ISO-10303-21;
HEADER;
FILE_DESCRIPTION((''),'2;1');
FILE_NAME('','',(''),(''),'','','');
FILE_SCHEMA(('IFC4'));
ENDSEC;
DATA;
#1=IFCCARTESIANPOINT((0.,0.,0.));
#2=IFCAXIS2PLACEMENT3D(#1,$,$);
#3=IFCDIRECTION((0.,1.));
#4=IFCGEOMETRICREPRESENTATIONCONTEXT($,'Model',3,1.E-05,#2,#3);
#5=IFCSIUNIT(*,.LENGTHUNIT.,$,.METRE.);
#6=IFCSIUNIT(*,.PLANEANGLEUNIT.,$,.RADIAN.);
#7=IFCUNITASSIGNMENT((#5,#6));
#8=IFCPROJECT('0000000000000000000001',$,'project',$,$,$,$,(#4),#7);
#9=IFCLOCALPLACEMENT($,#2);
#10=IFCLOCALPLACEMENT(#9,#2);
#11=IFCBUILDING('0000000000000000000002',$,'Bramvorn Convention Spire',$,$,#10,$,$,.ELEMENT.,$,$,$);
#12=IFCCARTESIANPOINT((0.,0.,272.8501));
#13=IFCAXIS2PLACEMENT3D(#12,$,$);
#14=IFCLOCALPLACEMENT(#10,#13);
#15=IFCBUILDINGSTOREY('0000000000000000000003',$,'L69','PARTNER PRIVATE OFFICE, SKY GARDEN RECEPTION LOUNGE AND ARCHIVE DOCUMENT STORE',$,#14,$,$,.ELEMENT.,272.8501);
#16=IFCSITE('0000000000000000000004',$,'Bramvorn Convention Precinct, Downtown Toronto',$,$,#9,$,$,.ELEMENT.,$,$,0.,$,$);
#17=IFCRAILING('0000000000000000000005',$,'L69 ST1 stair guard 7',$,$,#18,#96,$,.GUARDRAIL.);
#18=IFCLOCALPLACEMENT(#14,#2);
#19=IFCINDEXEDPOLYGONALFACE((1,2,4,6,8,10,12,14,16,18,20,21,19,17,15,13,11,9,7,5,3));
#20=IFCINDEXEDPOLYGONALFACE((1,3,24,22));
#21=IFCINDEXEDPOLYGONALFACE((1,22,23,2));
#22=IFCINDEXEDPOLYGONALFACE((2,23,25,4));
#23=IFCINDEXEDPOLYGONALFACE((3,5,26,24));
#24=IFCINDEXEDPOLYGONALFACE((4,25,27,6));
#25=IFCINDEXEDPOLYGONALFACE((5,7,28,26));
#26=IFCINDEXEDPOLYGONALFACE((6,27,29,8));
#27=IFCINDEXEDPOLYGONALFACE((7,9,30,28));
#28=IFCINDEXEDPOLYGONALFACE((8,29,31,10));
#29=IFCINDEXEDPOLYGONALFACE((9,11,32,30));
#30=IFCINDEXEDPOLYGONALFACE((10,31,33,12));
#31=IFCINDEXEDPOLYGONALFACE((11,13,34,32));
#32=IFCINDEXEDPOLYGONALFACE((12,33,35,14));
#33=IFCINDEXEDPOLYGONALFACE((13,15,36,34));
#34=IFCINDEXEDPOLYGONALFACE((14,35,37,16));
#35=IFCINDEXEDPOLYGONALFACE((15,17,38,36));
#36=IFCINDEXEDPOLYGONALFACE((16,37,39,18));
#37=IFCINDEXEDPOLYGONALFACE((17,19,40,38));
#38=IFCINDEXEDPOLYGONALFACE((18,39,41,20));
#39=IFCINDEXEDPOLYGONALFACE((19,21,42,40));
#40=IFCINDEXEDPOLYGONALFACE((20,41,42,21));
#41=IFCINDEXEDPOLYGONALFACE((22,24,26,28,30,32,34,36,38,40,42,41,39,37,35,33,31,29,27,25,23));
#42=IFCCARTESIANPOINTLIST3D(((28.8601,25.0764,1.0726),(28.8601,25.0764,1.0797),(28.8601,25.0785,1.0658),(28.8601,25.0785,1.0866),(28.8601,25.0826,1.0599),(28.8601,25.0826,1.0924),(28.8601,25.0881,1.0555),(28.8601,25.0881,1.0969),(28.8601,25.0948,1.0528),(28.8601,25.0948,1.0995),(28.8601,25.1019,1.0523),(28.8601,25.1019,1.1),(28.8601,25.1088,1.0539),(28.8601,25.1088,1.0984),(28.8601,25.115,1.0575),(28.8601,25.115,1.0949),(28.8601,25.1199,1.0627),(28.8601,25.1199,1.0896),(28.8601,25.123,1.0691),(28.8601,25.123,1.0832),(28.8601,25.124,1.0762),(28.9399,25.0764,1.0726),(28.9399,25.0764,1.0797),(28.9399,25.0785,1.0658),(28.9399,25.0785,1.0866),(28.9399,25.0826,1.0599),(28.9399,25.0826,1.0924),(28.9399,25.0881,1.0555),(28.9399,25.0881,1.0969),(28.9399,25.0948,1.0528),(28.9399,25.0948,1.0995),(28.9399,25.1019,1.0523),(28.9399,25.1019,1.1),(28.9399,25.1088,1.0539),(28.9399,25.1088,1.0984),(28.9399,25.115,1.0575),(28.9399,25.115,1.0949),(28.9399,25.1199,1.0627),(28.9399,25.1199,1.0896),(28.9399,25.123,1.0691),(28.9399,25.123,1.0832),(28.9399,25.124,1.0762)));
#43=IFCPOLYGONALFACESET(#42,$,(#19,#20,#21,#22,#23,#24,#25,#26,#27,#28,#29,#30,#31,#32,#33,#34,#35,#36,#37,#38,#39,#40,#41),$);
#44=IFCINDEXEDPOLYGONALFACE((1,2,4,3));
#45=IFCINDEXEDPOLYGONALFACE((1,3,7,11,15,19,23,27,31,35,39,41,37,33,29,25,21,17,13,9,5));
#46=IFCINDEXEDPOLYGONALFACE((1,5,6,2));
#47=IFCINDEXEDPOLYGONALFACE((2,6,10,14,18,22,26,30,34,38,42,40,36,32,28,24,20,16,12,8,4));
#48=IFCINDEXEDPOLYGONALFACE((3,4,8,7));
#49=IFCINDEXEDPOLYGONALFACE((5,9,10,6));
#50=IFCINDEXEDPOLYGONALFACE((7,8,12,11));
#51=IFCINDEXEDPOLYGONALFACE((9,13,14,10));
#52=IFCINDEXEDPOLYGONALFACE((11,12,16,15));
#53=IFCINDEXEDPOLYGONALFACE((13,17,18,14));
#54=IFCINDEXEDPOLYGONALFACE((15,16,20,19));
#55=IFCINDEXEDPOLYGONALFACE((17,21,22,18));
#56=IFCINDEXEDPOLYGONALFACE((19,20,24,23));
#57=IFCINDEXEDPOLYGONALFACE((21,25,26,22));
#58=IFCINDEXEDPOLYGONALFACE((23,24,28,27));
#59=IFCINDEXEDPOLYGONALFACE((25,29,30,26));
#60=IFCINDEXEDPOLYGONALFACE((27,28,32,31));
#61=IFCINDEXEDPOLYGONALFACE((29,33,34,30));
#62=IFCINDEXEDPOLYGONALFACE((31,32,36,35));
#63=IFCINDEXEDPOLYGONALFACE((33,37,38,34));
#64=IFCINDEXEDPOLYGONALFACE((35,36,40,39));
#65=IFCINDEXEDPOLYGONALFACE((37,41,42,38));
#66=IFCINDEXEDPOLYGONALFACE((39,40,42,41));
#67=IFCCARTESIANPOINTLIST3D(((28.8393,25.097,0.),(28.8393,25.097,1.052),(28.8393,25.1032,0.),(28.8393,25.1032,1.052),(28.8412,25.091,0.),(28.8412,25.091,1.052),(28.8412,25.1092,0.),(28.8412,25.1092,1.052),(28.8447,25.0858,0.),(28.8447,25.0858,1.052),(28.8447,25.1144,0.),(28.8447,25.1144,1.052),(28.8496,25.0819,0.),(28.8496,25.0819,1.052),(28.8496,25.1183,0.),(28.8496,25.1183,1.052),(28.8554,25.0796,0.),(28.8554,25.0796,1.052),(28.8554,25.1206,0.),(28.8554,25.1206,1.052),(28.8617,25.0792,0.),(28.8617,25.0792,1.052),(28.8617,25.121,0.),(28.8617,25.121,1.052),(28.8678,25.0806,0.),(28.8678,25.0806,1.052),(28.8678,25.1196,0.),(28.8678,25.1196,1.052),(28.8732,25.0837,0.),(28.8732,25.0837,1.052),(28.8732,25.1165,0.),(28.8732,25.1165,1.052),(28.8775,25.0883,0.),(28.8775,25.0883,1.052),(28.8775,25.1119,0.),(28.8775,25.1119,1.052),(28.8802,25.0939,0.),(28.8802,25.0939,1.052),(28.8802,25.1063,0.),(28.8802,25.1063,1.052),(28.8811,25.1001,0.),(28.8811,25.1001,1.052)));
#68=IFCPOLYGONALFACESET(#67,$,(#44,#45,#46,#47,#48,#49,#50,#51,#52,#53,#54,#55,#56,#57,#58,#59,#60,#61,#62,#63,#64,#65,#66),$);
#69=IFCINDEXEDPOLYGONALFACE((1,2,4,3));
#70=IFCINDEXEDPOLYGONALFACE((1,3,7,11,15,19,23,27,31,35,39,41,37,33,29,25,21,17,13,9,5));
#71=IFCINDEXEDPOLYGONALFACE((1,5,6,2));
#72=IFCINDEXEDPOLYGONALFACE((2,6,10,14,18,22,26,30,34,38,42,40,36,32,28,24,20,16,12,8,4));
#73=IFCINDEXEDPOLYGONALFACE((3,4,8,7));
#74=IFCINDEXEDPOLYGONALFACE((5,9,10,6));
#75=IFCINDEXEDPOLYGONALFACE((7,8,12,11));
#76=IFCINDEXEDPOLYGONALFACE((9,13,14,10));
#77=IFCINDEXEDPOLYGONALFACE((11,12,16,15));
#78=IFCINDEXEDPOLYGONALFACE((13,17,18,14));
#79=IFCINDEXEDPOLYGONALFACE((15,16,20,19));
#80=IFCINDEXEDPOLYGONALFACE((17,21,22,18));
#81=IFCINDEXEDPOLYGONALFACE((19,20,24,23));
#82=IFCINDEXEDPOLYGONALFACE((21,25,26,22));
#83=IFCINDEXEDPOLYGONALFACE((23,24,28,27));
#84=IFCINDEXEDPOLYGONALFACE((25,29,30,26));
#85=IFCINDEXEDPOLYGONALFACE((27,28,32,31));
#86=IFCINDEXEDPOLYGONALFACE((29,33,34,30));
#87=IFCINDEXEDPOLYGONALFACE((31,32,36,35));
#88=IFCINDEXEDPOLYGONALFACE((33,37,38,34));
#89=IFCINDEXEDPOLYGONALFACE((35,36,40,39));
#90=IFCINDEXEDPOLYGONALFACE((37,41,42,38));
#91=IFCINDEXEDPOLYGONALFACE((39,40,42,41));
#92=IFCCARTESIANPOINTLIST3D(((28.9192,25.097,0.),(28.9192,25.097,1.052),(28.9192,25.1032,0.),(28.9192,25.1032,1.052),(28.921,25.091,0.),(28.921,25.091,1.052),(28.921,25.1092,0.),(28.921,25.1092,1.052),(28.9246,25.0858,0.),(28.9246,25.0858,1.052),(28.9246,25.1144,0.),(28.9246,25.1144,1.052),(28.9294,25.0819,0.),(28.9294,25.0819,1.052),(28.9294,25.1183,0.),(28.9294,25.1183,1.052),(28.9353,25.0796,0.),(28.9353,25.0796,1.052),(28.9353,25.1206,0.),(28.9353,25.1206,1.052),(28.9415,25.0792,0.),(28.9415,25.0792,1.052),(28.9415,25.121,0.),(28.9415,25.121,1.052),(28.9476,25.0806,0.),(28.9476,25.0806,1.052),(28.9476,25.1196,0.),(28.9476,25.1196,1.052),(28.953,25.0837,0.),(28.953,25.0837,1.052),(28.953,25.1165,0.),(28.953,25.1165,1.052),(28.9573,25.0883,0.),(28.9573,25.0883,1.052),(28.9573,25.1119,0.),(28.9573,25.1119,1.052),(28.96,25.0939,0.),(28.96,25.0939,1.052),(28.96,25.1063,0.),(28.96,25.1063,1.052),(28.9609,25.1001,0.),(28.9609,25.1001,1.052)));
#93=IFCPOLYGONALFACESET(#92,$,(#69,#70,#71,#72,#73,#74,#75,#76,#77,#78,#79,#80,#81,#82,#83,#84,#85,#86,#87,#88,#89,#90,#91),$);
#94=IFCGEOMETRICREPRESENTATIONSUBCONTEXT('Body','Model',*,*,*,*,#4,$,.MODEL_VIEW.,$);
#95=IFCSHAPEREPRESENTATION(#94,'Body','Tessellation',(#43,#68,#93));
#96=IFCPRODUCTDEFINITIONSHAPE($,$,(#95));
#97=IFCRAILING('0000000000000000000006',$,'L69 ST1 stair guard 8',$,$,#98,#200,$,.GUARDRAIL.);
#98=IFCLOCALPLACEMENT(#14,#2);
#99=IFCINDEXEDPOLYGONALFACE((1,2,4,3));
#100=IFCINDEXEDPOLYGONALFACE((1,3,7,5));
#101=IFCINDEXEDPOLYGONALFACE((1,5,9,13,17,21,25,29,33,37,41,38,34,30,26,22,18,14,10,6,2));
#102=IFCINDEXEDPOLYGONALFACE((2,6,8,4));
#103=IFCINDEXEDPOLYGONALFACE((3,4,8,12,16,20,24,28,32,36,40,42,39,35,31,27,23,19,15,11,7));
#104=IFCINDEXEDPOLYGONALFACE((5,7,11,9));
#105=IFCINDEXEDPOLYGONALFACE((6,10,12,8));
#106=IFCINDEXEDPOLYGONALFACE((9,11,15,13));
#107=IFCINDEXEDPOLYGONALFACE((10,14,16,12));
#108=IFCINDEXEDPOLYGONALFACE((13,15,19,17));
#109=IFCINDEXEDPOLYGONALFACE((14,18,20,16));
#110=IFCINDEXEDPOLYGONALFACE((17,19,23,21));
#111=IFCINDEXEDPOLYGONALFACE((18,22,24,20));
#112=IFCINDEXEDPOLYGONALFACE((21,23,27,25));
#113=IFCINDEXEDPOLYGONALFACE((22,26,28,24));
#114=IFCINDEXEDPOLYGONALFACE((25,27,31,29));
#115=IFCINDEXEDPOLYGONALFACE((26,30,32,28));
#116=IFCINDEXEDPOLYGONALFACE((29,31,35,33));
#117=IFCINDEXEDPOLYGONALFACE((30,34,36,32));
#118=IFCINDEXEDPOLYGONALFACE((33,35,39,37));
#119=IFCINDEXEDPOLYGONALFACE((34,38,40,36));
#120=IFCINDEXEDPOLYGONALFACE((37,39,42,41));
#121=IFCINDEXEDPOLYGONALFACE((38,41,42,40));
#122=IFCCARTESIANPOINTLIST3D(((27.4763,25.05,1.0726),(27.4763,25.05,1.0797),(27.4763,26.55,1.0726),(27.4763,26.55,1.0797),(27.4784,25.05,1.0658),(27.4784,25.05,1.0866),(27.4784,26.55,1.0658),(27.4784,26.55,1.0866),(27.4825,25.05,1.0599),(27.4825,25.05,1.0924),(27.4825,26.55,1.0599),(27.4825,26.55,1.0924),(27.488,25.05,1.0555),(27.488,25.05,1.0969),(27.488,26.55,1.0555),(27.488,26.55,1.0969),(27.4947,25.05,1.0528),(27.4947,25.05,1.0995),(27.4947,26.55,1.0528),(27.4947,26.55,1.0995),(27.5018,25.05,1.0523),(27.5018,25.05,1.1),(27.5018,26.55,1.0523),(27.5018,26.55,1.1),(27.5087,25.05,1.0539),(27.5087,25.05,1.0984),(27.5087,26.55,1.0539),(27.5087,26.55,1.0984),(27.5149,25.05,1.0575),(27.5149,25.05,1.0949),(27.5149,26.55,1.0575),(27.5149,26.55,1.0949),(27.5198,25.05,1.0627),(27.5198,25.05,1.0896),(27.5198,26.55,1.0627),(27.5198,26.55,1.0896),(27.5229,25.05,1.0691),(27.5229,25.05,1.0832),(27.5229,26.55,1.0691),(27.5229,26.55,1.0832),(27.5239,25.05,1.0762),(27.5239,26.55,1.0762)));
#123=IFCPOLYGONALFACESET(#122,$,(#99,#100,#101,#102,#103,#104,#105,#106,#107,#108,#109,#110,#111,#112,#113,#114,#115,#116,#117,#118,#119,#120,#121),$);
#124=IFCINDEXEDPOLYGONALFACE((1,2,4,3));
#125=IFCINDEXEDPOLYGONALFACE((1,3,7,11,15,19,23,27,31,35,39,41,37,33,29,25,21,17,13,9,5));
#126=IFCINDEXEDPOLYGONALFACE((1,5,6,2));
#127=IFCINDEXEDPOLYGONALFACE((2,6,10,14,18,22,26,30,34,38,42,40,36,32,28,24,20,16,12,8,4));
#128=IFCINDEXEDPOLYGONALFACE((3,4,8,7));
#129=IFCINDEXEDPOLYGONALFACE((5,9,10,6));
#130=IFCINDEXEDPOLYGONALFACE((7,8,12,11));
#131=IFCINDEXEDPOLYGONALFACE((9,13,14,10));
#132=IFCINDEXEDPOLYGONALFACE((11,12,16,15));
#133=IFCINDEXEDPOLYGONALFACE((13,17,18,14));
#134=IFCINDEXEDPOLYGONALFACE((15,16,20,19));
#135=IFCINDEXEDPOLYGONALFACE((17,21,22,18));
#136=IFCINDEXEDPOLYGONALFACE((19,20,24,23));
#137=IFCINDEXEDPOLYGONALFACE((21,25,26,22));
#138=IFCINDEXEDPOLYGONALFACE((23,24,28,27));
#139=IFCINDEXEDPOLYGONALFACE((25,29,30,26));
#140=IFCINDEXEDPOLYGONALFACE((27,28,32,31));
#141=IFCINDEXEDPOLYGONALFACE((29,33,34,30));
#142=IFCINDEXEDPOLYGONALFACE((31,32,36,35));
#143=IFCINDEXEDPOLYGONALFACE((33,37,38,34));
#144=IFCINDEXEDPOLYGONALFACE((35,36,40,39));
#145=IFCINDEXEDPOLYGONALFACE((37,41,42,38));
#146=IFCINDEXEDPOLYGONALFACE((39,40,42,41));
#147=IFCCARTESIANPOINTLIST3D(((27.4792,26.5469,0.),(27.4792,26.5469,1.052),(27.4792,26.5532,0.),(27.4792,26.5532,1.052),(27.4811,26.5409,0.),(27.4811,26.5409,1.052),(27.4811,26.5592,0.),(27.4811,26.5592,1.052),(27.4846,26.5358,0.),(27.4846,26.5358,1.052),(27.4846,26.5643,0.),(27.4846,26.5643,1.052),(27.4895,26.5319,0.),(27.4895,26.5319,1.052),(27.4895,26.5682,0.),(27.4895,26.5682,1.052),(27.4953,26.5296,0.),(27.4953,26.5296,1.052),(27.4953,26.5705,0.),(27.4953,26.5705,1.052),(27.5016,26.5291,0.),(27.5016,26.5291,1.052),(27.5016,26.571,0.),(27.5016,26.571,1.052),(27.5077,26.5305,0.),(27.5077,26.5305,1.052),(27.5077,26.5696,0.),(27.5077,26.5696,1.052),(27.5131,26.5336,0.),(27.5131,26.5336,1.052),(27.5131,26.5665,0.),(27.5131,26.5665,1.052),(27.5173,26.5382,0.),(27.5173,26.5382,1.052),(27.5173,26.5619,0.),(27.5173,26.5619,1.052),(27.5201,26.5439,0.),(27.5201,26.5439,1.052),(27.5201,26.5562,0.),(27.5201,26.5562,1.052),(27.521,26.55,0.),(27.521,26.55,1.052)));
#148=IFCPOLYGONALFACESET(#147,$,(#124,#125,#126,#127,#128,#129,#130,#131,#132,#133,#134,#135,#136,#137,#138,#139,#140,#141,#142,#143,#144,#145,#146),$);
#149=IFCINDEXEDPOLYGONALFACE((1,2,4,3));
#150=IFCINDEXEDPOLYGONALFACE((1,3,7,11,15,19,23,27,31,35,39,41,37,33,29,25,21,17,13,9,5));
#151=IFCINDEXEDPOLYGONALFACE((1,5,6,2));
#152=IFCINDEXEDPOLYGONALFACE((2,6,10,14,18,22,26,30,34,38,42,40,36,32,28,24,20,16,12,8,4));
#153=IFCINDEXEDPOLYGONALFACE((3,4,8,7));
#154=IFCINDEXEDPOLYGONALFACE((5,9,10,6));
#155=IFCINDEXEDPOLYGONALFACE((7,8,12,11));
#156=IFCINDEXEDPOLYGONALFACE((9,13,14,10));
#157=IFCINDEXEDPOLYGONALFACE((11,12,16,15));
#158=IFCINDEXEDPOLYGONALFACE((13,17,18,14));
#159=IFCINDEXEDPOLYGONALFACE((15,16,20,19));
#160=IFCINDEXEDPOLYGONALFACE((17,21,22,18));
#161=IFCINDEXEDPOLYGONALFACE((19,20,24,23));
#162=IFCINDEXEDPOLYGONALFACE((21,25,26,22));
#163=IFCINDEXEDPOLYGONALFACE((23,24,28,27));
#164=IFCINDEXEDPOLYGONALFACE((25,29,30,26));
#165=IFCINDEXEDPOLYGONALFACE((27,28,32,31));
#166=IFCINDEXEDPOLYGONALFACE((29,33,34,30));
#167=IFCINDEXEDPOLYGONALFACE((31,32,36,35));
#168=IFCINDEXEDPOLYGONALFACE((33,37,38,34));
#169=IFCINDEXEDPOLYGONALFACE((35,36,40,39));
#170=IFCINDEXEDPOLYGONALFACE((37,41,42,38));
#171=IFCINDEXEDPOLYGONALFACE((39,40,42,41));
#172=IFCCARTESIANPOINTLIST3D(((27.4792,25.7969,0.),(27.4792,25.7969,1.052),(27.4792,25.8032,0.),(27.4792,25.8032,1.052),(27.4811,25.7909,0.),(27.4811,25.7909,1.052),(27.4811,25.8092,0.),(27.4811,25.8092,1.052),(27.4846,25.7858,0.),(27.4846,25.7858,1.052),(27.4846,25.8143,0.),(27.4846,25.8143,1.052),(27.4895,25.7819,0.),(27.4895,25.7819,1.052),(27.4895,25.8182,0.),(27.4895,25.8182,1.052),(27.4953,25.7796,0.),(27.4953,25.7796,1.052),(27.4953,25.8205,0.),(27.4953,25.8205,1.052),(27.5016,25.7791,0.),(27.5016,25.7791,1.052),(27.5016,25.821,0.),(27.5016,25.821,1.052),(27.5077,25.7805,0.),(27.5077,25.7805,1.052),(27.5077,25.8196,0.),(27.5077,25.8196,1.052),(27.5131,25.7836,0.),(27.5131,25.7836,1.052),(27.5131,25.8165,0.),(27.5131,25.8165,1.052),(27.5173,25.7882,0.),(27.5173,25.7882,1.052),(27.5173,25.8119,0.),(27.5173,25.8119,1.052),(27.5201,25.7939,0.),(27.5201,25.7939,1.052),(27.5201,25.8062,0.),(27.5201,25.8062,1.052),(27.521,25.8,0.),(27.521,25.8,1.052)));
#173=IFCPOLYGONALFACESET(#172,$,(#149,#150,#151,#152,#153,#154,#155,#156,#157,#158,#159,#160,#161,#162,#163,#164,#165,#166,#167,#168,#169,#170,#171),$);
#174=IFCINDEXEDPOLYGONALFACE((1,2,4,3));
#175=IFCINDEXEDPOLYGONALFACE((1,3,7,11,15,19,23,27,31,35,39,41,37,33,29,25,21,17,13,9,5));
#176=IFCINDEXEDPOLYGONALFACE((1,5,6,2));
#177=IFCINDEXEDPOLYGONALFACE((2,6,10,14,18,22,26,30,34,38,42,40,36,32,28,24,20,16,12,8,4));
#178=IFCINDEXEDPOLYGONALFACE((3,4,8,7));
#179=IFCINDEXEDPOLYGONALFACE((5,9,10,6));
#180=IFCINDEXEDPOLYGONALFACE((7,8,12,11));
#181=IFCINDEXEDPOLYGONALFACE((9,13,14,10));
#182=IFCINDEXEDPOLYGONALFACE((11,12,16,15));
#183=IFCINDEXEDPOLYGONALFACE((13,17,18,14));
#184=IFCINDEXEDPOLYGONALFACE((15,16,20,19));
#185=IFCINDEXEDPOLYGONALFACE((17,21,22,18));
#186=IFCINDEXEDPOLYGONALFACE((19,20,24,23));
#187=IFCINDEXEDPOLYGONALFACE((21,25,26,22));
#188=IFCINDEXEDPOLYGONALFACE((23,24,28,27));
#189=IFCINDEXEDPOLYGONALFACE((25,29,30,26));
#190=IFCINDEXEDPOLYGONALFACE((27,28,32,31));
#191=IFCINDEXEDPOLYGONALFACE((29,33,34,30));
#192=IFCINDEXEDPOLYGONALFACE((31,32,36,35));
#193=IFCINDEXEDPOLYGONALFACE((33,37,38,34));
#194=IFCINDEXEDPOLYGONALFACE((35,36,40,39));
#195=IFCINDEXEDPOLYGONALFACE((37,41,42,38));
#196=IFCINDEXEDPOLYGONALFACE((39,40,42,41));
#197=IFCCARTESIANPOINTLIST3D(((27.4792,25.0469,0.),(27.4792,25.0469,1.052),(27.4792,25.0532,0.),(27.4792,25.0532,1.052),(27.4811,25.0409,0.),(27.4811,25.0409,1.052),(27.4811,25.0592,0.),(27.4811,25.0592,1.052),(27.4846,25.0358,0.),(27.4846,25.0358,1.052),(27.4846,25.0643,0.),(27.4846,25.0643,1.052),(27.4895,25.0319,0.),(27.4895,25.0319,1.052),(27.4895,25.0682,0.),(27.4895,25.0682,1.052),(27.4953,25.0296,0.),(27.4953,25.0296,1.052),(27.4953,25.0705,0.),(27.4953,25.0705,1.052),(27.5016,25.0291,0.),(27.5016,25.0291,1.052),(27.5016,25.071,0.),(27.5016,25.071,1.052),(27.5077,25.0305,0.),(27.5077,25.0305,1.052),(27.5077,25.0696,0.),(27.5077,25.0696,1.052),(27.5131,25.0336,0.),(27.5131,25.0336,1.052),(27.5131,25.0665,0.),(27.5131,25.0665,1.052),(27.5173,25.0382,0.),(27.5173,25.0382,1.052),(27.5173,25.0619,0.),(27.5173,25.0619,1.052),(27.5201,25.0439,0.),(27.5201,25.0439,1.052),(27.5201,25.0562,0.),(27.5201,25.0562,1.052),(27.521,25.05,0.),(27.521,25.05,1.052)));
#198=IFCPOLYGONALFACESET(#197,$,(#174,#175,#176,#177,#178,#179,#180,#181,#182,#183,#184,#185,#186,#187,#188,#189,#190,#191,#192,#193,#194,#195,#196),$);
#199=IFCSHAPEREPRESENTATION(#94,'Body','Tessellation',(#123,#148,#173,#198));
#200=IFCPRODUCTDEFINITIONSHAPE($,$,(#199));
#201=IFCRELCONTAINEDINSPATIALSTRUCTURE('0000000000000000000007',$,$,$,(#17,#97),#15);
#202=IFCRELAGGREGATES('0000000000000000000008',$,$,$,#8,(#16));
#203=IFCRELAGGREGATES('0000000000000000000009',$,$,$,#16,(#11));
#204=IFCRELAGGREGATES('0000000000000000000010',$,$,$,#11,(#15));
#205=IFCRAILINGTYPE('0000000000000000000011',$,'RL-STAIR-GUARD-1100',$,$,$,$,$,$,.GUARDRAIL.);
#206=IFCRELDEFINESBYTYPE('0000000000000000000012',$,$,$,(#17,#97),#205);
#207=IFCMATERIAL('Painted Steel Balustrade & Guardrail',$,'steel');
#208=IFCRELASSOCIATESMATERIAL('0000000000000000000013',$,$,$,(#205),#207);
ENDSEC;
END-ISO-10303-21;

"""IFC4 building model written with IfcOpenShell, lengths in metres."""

from ifc_helpers import new_model, si_unit, direction, frame, origin, origin_2d, place, context, subcontext, project, spatial, circle, extrude, material, type_object, element, save


model = new_model("IFC4")

# Units and contexts
model_context = context("Model", 3, precision=1e-05, world=origin(), true_north=direction((0.0, 1.0)))
body_context = subcontext(model_context, "Body", "Model", "MODEL_VIEW")
ifc_project = project(units=[si_unit("LENGTHUNIT", "METRE"), si_unit("PLANEANGLEUNIT", "RADIAN")], contexts=[model_context])

# Site, building, storey
site_placement = place(None, origin())
site = spatial("IfcSite", under=ifc_project, at=site_placement, Name="Bramvorn Convention Precinct, Downtown Toronto", CompositionType="ELEMENT", RefElevation=0.0)
building_placement = place(site_placement, origin())
building = spatial("IfcBuilding", under=site, at=building_placement, Name="Bramvorn Convention Spire", CompositionType="ELEMENT")
storey_placement = place(building_placement, frame((0.0, 0.0, 272.8501)))
storey = spatial("IfcBuildingStorey", under=building, at=storey_placement, Name="L69", Description="PARTNER PRIVATE OFFICE, SKY GARDEN RECEPTION LOUNGE AND ARCHIVE DOCUMENT STORE", CompositionType="ELEMENT", Elevation=272.8501)

# Railings
ifc_material_1 = material(Name="Painted Steel Balustrade & Guardrail", Category="steel")
railing_type = type_object("IfcRailingType", Name="RL-STAIR-GUARD-1100", PredefinedType="GUARDRAIL", material=ifc_material_1)
railing_1_placement = place(storey_placement, frame((28.8601, 25.1001, 0.0)))
element("IfcRailing", 1, at=railing_1_placement, inside=storey, type_object=railing_type, Name="L69 ST1 stair guard 7", PredefinedType="GUARDRAIL", context=body_context, shape_type="SweptSolid", body=[
    extrude(circle(Radius=0.0239, at=origin_2d()), frame((0.0, 0.0, 1.0762), z_axis=(1.0, 0.0, 0.0), x_axis=(0.0, 1.0, 0.0)), (0.0, 0.0, 1.0), 0.0798),
    extrude(circle(Radius=0.021, at=origin_2d()), origin(), (0.0, 0.0, 1.0), 1.052),
    extrude(circle(Radius=0.021, at=origin_2d()), frame((0.0798, 0.0, 0.0)), (0.0, 0.0, 1.0), 1.052),
])
for number, where, name in (
    (2, (27.5, 26.55, 0.0), "L69 ST1 stair guard 8"),
):
    element("IfcRailing", number, at=place(storey_placement, frame(where)), inside=storey, type_object=railing_type, Name=name, PredefinedType="GUARDRAIL", context=body_context, shape_type="SweptSolid", body=[
        extrude(circle(Radius=0.0239, at=origin_2d()), frame((0.0, 0.0, 1.0762), z_axis=(0.0, -1.0, 0.0), x_axis=(1.0, 0.0, 0.0)), (0.0, 0.0, 1.0), 1.5),
        extrude(circle(Radius=0.021, at=origin_2d()), origin(), (0.0, 0.0, 1.0), 1.052),
        extrude(circle(Radius=0.021, at=origin_2d()), frame((0.0, -0.75, 0.0)), (0.0, 0.0, 1.0), 1.052),
        extrude(circle(Radius=0.021, at=origin_2d()), frame((0.0, -1.5, 0.0)), (0.0, 0.0, 1.0), 1.052),
    ])

save(model, "model.ifc")
